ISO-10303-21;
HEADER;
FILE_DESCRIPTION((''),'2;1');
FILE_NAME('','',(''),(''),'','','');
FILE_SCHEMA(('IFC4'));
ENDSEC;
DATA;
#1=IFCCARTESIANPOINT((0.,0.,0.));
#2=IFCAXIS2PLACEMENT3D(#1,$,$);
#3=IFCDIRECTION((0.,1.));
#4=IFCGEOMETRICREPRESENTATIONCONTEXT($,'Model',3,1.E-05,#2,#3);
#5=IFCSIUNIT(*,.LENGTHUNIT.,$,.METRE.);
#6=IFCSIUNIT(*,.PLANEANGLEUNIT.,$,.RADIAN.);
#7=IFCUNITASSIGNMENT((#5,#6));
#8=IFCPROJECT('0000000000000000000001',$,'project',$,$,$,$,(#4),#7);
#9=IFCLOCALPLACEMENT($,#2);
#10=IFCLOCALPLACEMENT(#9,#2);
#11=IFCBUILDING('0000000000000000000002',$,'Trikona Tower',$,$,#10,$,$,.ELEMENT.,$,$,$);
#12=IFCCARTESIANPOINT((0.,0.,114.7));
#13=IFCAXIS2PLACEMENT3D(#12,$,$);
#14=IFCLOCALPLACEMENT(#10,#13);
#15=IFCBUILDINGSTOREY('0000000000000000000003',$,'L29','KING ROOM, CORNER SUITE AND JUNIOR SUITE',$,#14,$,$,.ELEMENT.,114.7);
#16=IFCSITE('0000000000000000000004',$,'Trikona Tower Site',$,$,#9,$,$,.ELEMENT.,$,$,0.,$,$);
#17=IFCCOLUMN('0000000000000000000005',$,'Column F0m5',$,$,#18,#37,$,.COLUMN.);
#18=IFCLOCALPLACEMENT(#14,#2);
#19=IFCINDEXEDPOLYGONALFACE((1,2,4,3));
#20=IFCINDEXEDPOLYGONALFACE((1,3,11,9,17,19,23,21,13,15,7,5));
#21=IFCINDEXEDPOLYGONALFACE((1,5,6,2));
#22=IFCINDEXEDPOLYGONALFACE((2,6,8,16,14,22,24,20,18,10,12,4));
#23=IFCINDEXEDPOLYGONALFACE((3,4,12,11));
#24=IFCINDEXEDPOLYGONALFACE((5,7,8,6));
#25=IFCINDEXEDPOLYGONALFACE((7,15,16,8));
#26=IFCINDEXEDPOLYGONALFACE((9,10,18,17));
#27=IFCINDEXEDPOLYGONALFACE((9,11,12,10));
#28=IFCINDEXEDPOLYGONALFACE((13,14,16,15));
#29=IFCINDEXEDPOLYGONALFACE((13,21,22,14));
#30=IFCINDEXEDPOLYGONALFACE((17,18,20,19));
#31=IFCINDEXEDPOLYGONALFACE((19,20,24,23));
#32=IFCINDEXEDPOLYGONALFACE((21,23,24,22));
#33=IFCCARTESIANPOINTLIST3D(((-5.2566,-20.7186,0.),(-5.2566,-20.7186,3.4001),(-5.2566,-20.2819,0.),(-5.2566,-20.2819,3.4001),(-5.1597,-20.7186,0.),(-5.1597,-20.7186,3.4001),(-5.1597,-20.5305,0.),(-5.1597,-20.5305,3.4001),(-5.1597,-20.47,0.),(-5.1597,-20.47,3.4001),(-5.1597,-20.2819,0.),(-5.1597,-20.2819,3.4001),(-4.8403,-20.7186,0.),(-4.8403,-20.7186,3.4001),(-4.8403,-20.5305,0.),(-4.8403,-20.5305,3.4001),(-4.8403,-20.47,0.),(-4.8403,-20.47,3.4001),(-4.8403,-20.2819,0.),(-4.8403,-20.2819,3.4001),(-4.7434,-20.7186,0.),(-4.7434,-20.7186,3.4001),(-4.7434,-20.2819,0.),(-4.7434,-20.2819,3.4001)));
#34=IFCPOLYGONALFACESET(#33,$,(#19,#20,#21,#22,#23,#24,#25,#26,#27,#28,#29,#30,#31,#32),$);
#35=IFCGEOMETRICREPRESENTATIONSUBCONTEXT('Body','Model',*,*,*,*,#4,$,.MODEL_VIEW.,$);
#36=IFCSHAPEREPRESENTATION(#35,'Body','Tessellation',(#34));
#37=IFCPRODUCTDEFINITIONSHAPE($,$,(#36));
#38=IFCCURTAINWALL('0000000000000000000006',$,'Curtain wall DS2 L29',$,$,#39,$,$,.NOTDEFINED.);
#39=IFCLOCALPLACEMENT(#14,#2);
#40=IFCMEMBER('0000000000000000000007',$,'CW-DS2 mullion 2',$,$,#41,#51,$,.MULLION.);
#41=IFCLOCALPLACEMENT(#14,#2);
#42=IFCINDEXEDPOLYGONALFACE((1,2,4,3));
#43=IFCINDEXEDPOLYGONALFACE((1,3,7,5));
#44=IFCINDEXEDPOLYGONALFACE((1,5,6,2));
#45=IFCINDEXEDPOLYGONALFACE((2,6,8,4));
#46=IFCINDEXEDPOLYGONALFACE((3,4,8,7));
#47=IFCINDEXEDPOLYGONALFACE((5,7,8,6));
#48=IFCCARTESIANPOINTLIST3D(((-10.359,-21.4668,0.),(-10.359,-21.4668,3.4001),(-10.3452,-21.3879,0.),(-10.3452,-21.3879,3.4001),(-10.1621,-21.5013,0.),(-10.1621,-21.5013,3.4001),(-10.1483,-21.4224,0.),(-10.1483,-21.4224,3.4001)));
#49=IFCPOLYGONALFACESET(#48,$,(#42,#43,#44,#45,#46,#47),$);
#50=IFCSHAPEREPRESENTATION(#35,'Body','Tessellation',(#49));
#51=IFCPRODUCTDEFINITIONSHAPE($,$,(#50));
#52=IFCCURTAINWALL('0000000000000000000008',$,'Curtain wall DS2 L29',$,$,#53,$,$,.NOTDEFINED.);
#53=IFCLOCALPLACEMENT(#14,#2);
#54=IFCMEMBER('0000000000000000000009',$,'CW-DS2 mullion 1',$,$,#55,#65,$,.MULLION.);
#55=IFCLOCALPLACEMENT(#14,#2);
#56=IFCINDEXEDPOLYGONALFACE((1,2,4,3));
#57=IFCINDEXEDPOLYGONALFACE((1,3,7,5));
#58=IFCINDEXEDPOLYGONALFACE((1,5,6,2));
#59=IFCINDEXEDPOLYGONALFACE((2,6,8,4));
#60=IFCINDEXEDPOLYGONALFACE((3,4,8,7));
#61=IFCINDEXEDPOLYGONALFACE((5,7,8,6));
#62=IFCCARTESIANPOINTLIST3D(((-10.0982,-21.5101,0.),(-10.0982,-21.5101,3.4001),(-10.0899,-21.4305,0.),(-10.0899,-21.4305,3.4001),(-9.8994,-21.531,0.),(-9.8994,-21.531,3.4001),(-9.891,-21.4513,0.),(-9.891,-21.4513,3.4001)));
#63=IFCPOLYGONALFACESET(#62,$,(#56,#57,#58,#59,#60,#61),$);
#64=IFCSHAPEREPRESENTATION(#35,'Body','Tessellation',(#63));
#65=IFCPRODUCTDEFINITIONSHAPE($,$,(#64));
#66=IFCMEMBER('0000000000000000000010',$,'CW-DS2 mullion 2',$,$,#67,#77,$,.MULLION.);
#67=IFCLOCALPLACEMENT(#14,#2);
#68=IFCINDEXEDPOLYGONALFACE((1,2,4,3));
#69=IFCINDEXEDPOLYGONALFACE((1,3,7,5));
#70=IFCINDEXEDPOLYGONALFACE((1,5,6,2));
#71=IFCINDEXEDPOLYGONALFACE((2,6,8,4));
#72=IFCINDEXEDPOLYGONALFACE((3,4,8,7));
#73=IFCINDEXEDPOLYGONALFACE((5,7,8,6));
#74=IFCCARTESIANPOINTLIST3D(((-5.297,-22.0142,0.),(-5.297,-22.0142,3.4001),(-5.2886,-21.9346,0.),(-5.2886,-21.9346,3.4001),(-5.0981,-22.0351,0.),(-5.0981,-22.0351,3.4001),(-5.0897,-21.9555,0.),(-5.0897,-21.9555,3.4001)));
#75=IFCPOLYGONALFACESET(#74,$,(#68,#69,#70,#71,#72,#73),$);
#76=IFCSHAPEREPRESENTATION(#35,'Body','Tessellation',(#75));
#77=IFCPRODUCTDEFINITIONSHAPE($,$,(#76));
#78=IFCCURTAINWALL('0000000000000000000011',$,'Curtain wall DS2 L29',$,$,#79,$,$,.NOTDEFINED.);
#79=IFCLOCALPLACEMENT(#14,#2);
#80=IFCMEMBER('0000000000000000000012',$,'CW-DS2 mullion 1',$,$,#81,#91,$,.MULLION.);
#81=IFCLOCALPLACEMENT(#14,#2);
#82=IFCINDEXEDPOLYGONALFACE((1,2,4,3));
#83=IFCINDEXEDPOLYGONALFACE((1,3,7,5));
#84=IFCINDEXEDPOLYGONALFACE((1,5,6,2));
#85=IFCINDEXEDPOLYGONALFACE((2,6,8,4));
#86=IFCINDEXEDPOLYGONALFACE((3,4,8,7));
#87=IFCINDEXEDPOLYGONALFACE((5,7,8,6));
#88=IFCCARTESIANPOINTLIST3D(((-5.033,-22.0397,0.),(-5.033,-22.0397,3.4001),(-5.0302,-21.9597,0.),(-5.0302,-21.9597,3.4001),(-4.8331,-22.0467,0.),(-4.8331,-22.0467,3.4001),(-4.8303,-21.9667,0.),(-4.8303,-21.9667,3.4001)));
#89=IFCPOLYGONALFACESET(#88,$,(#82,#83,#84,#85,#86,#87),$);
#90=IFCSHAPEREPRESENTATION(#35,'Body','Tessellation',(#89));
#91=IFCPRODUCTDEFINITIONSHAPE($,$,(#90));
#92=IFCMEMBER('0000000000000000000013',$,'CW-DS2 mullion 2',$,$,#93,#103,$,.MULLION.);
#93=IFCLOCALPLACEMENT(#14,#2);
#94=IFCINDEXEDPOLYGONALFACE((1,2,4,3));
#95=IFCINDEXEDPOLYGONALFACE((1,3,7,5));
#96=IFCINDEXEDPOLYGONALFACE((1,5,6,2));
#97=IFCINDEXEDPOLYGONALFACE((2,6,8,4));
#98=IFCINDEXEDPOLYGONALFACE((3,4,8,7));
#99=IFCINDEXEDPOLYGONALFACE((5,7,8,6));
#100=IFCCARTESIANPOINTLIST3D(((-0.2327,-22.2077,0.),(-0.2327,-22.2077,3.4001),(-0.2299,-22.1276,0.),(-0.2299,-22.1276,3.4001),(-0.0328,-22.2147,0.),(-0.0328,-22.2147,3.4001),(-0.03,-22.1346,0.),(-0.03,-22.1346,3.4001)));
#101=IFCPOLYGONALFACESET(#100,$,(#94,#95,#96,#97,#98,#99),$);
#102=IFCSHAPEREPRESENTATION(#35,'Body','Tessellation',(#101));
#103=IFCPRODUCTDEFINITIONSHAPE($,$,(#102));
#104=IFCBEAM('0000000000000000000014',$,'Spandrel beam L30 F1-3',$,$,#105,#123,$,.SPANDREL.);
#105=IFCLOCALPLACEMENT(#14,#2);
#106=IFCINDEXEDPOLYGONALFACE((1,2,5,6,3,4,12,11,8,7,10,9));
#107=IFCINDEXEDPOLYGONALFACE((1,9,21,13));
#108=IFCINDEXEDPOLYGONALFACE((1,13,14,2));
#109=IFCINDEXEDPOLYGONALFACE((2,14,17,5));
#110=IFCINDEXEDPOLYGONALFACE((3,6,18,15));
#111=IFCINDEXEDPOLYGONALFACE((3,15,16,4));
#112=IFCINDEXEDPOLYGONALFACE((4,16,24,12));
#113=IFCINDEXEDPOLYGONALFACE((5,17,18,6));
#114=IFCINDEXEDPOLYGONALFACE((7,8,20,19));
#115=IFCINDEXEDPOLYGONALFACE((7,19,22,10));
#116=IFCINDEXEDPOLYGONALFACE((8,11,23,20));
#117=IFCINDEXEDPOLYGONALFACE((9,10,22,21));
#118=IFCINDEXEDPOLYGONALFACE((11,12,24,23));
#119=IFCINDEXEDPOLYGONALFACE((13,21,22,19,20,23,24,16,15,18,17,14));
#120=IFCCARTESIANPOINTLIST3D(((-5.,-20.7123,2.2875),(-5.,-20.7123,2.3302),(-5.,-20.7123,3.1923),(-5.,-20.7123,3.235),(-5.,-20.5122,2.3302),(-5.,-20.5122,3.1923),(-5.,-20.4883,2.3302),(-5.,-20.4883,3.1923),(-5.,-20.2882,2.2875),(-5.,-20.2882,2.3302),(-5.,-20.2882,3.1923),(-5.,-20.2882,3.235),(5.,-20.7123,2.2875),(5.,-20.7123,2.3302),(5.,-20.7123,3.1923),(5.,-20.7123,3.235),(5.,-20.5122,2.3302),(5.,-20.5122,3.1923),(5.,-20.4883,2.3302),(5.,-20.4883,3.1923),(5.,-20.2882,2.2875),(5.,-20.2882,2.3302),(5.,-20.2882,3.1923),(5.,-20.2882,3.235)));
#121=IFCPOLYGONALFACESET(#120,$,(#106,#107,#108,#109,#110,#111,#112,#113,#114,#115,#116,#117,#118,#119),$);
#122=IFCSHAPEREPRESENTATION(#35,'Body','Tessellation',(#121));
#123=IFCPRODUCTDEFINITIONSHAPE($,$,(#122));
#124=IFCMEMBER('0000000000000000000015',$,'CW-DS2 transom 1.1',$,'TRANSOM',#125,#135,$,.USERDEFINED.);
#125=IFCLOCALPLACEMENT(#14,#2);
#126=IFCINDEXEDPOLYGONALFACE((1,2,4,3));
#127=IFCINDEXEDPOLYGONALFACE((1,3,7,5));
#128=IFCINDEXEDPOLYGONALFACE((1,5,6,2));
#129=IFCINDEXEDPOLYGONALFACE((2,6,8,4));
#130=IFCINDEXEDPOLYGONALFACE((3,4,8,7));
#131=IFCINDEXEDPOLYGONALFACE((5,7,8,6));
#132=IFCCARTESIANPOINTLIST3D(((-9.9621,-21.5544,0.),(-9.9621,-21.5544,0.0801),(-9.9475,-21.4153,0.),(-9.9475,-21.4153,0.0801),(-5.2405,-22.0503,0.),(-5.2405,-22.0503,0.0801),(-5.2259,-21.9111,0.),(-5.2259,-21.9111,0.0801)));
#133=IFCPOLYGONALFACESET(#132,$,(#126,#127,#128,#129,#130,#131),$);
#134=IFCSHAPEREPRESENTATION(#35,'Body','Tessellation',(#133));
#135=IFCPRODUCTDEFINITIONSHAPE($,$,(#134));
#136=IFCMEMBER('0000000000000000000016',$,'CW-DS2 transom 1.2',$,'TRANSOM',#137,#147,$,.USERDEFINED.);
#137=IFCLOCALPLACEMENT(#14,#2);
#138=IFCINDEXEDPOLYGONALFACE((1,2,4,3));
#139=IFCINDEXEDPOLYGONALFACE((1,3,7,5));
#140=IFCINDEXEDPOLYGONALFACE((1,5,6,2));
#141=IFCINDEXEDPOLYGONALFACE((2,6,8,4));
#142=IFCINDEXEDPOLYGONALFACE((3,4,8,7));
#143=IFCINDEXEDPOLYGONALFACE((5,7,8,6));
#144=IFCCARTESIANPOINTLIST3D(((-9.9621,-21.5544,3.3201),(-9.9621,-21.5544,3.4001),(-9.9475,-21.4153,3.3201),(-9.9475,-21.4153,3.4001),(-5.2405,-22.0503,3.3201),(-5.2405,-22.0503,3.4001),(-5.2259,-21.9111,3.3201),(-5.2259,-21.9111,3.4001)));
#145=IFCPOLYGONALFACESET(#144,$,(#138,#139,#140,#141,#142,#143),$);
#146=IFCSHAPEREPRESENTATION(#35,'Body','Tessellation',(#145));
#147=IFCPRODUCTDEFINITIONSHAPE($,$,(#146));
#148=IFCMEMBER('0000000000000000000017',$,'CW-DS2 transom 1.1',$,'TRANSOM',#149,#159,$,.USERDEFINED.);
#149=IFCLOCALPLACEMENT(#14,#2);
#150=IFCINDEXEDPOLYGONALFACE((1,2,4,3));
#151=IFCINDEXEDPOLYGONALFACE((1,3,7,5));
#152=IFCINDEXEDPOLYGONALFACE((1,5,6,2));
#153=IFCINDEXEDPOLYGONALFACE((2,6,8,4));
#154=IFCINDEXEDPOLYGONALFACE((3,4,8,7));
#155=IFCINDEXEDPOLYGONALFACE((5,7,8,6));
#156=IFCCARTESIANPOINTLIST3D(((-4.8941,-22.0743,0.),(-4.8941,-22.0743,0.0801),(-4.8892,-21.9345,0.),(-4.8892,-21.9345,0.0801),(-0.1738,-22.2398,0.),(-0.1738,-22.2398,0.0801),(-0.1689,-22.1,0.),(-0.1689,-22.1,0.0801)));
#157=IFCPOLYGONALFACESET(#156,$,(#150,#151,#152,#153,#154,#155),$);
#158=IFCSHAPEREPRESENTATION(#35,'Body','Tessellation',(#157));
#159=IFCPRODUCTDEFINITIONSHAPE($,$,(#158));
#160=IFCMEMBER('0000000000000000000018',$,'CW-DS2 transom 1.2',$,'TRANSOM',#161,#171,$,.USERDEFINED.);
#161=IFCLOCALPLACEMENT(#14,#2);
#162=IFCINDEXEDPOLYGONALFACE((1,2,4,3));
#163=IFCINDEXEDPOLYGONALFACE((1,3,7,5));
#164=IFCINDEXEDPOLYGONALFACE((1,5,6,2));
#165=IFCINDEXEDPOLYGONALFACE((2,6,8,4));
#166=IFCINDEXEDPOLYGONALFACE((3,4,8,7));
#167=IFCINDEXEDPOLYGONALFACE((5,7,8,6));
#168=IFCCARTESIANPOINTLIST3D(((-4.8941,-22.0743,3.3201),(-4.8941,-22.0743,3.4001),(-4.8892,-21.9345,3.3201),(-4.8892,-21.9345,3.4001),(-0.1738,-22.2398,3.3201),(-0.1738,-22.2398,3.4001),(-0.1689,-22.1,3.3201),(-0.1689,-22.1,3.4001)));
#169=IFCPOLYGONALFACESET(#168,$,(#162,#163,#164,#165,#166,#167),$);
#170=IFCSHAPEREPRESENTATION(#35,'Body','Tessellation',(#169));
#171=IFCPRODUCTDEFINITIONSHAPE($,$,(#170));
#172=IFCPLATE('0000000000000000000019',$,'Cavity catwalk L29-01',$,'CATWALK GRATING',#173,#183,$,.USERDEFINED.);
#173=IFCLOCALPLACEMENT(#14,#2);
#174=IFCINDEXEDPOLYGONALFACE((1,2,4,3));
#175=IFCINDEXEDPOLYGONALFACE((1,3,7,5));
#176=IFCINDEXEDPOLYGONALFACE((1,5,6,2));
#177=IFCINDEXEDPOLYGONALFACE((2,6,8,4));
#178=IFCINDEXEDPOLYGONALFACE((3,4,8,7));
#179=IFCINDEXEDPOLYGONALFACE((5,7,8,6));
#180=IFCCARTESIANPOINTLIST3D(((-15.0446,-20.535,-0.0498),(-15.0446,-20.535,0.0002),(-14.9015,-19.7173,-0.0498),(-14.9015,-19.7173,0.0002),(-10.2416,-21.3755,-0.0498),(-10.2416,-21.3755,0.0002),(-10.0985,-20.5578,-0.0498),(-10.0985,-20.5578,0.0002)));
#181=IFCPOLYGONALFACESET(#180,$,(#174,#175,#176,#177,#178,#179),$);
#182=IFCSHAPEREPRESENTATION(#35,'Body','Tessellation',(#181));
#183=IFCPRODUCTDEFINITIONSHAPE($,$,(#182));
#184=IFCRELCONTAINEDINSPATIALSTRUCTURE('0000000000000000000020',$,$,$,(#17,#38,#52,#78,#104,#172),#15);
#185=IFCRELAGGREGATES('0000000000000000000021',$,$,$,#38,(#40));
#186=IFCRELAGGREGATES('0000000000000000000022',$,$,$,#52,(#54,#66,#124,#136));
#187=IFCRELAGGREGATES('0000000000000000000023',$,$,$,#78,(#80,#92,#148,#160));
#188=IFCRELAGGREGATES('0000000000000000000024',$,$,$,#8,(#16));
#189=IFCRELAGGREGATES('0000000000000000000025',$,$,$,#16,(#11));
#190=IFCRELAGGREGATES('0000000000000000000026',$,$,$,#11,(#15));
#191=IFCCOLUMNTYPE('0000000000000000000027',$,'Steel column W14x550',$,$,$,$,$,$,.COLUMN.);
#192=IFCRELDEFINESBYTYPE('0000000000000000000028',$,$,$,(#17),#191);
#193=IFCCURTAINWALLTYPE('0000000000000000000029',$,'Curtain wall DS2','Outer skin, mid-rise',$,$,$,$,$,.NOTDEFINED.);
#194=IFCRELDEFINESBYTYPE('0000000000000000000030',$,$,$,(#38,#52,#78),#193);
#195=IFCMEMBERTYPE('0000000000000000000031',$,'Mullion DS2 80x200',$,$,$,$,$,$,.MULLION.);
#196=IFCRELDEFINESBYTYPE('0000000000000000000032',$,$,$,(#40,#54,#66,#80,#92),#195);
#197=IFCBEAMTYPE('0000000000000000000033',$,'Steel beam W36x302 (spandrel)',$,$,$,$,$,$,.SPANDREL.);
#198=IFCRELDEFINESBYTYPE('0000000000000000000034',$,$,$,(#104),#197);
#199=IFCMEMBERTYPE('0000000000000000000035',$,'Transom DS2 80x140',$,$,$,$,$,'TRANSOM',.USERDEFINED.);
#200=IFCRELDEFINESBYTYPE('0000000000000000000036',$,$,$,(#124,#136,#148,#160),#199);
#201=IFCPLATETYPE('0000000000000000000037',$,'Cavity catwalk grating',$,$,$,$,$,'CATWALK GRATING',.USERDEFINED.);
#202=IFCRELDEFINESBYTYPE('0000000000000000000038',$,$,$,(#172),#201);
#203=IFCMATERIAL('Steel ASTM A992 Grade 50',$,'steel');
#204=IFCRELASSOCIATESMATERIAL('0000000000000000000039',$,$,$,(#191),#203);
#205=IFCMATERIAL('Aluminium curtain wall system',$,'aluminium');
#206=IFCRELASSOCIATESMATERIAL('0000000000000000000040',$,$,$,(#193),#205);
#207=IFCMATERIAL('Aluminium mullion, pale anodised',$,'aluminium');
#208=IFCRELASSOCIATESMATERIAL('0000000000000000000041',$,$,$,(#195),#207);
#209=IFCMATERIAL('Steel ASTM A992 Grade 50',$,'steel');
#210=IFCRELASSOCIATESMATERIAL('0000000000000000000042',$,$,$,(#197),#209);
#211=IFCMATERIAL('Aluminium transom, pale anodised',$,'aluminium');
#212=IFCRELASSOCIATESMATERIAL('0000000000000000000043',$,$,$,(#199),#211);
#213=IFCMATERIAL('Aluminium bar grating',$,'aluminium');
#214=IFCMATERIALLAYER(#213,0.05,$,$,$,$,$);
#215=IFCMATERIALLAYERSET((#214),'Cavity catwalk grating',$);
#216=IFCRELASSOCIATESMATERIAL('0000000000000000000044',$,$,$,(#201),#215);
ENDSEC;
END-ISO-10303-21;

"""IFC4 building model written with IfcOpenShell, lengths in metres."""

from ifc_helpers import new_model, si_unit, direction, frame, origin, origin_2d, place, context, subcontext, project, spatial, rectangle, i_section, extrude, material, layer, layer_set, material_profile, profile_set, type_object, element, aggregate, save


model = new_model("IFC4")

# Units and contexts
model_context = context("Model", 3, precision=1e-05, world=origin(), true_north=direction((0.0, 1.0)))
body_context = subcontext(model_context, "Body", "Model", "MODEL_VIEW")
ifc_project = project(units=[si_unit("LENGTHUNIT", "METRE"), si_unit("PLANEANGLEUNIT", "RADIAN")], contexts=[model_context])

# Site, building, storey
site_placement = place(None, origin())
site = spatial("IfcSite", under=ifc_project, at=site_placement, Name="Trikona Tower Site", CompositionType="ELEMENT", RefElevation=0.0)
building_placement = place(site_placement, origin())
building = spatial("IfcBuilding", under=site, at=building_placement, Name="Trikona Tower", CompositionType="ELEMENT")
storey_placement = place(building_placement, frame((0.0, 0.0, 114.7)))
storey = spatial("IfcBuildingStorey", under=building, at=storey_placement, Name="L29", Description="KING ROOM, CORNER SUITE AND JUNIOR SUITE", CompositionType="ELEMENT", Elevation=114.7)

# Column
ifc_material_1 = material(Name="Steel ASTM A992 Grade 50", Category="steel")
ifc_material_profile_1 = material_profile(ifc_material_1, i_section(OverallWidth=0.4368, OverallDepth=0.5132, WebThickness=0.0605, FlangeThickness=0.0969, at=origin_2d()), Name="W14X550")
ifc_profile_set_1 = profile_set([ifc_material_profile_1], Name="Steel ASTM A992 Grade 50")
column_type = type_object("IfcColumnType", Name="Steel column W14x550", PredefinedType="COLUMN", material=ifc_profile_set_1)
column_placement = place(storey_placement, frame((-5.0, -20.5002, 0.0), z_axis=(0.0, 0.0, 1.0), x_axis=(0.0, -1.0, 0.0)))
element("IfcColumn", 1, at=column_placement, inside=storey, type_object=column_type, Name="Column F0m5", PredefinedType="COLUMN", context=body_context, shape_type="SweptSolid", body=[
    extrude(i_section(OverallWidth=0.4368, OverallDepth=0.5132, WebThickness=0.0605, FlangeThickness=0.0969, at=origin_2d()), origin(), (0.0, 0.0, 1.0), 3.4001),
])

# Curtain wall, member
ifc_material_2 = material(Name="Aluminium curtain wall system", Category="aluminium")
curtain_wall_type = type_object("IfcCurtainWallType", Name="Curtain wall DS2", Description="Outer skin, mid-rise", PredefinedType="NOTDEFINED", material=ifc_material_2)
curtain_wall_1_placement = place(storey_placement, origin())
curtain_wall_1 = element("IfcCurtainWall", 2, at=curtain_wall_1_placement, inside=storey, type_object=curtain_wall_type, Name="Curtain wall DS2 L29", PredefinedType="NOTDEFINED")
ifc_material_3 = material(Name="Aluminium mullion, pale anodised", Category="aluminium")
ifc_material_profile_2 = material_profile(ifc_material_3, rectangle(XDim=0.0801, YDim=0.2, at=origin_2d()), Name="MUL-DS2")
ifc_profile_set_2 = profile_set([ifc_material_profile_2], Name="Aluminium mullion, pale anodised")
member_type_1 = type_object("IfcMemberType", Name="Mullion DS2 80x200", PredefinedType="MULLION", material=ifc_profile_set_2)
member_1_placement = place(storey_placement, frame((-10.2537, -21.4446, 0.0), z_axis=(0.0, 0.0, 1.0), x_axis=(0.172377, 0.985031, 0.0)))
member_1 = element("IfcMember", 3, at=member_1_placement, type_object=member_type_1, Name="CW-DS2 mullion 2", PredefinedType="MULLION", context=body_context, shape_type="SweptSolid", body=[
    extrude(rectangle(XDim=0.0801, YDim=0.2, at=origin_2d()), origin(), (0.0, 0.0, 1.0), 3.4001),
])

# Curtain walls, members
curtain_wall_2_placement = place(storey_placement, origin())
curtain_wall_2 = element("IfcCurtainWall", 4, at=curtain_wall_2_placement, inside=storey, type_object=curtain_wall_type, Name="Curtain wall DS2 L29", PredefinedType="NOTDEFINED")
member_2_placement = place(storey_placement, frame((-9.9946, -21.4807, 0.0), z_axis=(0.0, 0.0, 1.0), x_axis=(0.104433, 0.994532, 0.0)))
member_2 = element("IfcMember", 5, at=member_2_placement, type_object=member_type_1, Name="CW-DS2 mullion 1", PredefinedType="MULLION", context=body_context, shape_type="SweptSolid", body=[
    extrude(rectangle(XDim=0.0801, YDim=0.2, at=origin_2d()), origin(), (0.0, 0.0, 1.0), 3.4001),
])
member_3_placement = place(storey_placement, frame((-5.1934, -21.9849, 0.0), z_axis=(0.0, 0.0, 1.0), x_axis=(0.104433, 0.994532, 0.0)))
member_3 = element("IfcMember", 6, at=member_3_placement, type_object=member_type_1, Name="CW-DS2 mullion 2", PredefinedType="MULLION", context=body_context, shape_type="SweptSolid", body=[
    extrude(rectangle(XDim=0.0801, YDim=0.2, at=origin_2d()), origin(), (0.0, 0.0, 1.0), 3.4001),
])
curtain_wall_3_placement = place(storey_placement, origin())
curtain_wall_3 = element("IfcCurtainWall", 7, at=curtain_wall_3_placement, inside=storey, type_object=curtain_wall_type, Name="Curtain wall DS2 L29", PredefinedType="NOTDEFINED")
member_4_placement = place(storey_placement, frame((-4.9316, -22.0032, 0.0), z_axis=(0.0, 0.0, 1.0), x_axis=(0.034998, 0.999387, 0.0)))
member_4 = element("IfcMember", 8, at=member_4_placement, type_object=member_type_1, Name="CW-DS2 mullion 1", PredefinedType="MULLION", context=body_context, shape_type="SweptSolid", body=[
    extrude(rectangle(XDim=0.0801, YDim=0.2, at=origin_2d()), origin(), (0.0, 0.0, 1.0), 3.4001),
])
member_5_placement = place(storey_placement, frame((-0.1313, -22.1711, 0.0), z_axis=(0.0, 0.0, 1.0), x_axis=(0.034998, 0.999387, 0.0)))
member_5 = element("IfcMember", 9, at=member_5_placement, type_object=member_type_1, Name="CW-DS2 mullion 2", PredefinedType="MULLION", context=body_context, shape_type="SweptSolid", body=[
    extrude(rectangle(XDim=0.0801, YDim=0.2, at=origin_2d()), origin(), (0.0, 0.0, 1.0), 3.4001),
])

# Beam
ifc_material_4 = material(Name="Steel ASTM A992 Grade 50", Category="steel")
ifc_material_profile_3 = material_profile(ifc_material_4, i_section(OverallWidth=0.4241, OverallDepth=0.9475, WebThickness=0.0239, FlangeThickness=0.0427, at=origin_2d()), Name="W36X302")
ifc_profile_set_3 = profile_set([ifc_material_profile_3], Name="Steel ASTM A992 Grade 50")
beam_type = type_object("IfcBeamType", Name="Steel beam W36x302 (spandrel)", PredefinedType="SPANDREL", material=ifc_profile_set_3)
beam_placement = place(storey_placement, frame((-5.0, -20.5002, 2.7612), z_axis=(1.0, 0.0, 0.0), x_axis=(0.0, 1.0, 0.0)))
element("IfcBeam", 10, at=beam_placement, inside=storey, type_object=beam_type, Name="Spandrel beam L30 F1-3", PredefinedType="SPANDREL", context=body_context, shape_type="SweptSolid", body=[
    extrude(i_section(OverallWidth=0.4241, OverallDepth=0.9475, WebThickness=0.0239, FlangeThickness=0.0427, at=origin_2d()), origin(), (0.0, 0.0, 1.0), 10.0),
])

# Members
ifc_material_5 = material(Name="Aluminium transom, pale anodised", Category="aluminium")
ifc_material_profile_4 = material_profile(ifc_material_5, rectangle(XDim=0.1399, YDim=0.0801, at=origin_2d()), Name="TRN-DS2")
ifc_profile_set_4 = profile_set([ifc_material_profile_4], Name="Aluminium transom, pale anodised")
member_type_2 = type_object("IfcMemberType", Name="Transom DS2 80x140", ElementType="TRANSOM", PredefinedType="USERDEFINED", material=ifc_profile_set_4)
member_6_placement = place(storey_placement, frame((-9.9548, -21.4849, 0.04), z_axis=(0.994531, -0.104441, 0.0), x_axis=(0.104441, 0.994531, 0.0)))
member_6 = element("IfcMember", 11, at=member_6_placement, type_object=member_type_2, Name="CW-DS2 transom 1.1", ObjectType="TRANSOM", PredefinedType="USERDEFINED", context=body_context, shape_type="SweptSolid", body=[
    extrude(rectangle(XDim=0.1399, YDim=0.0801, at=origin_2d()), origin(), (0.0, 0.0, 1.0), 4.7476),
])
member_7_placement = place(storey_placement, frame((-9.9548, -21.4849, 3.3601), z_axis=(0.994531, -0.104441, 0.0), x_axis=(0.104441, 0.994531, 0.0)))
member_7 = element("IfcMember", 12, at=member_7_placement, type_object=member_type_2, Name="CW-DS2 transom 1.2", ObjectType="TRANSOM", PredefinedType="USERDEFINED", context=body_context, shape_type="SweptSolid", body=[
    extrude(rectangle(XDim=0.1399, YDim=0.0801, at=origin_2d()), origin(), (0.0, 0.0, 1.0), 4.7476),
])
member_8_placement = place(storey_placement, frame((-4.8916, -22.0044, 0.04), z_axis=(0.999386, -0.035046, 0.0), x_axis=(0.035046, 0.999386, 0.0)))
member_8 = element("IfcMember", 13, at=member_8_placement, type_object=member_type_2, Name="CW-DS2 transom 1.1", ObjectType="TRANSOM", PredefinedType="USERDEFINED", context=body_context, shape_type="SweptSolid", body=[
    extrude(rectangle(XDim=0.1399, YDim=0.0801, at=origin_2d()), origin(), (0.0, 0.0, 1.0), 4.7231),
])
member_9_placement = place(storey_placement, frame((-4.8916, -22.0044, 3.3601), z_axis=(0.999386, -0.035046, 0.0), x_axis=(0.035046, 0.999386, 0.0)))
member_9 = element("IfcMember", 14, at=member_9_placement, type_object=member_type_2, Name="CW-DS2 transom 1.2", ObjectType="TRANSOM", PredefinedType="USERDEFINED", context=body_context, shape_type="SweptSolid", body=[
    extrude(rectangle(XDim=0.1399, YDim=0.0801, at=origin_2d()), origin(), (0.0, 0.0, 1.0), 4.7231),
])

# Plate
ifc_material_6 = material(Name="Aluminium bar grating", Category="aluminium")
ifc_layer_1 = layer(ifc_material_6, 0.05)
ifc_layer_set_1 = layer_set([ifc_layer_1], Name="Cavity catwalk grating")
plate_type_1 = type_object("IfcPlateType", Name="Cavity catwalk grating", ElementType="CATWALK GRATING", PredefinedType="USERDEFINED", material=ifc_layer_set_1)
plate_1_placement = place(storey_placement, frame((-12.5715, -20.5464, -0.0498), z_axis=(0.0, 0.0, 1.0), x_axis=(0.985031, -0.17238, 0.0)))
element("IfcPlate", 15, at=plate_1_placement, inside=storey, type_object=plate_type_1, Name="Cavity catwalk L29-01", ObjectType="CATWALK GRATING", PredefinedType="USERDEFINED", context=body_context, shape_type="SweptSolid", body=[
    extrude(rectangle(XDim=4.876, YDim=0.8301, at=origin_2d()), origin(), (0.0, 0.0, 1.0), 0.05),
])

aggregate(curtain_wall_1, [member_1])
aggregate(curtain_wall_2, [member_2, member_3, member_6, member_7])
aggregate(curtain_wall_3, [member_4, member_5, member_8, member_9])

save(model, "model.ifc")
